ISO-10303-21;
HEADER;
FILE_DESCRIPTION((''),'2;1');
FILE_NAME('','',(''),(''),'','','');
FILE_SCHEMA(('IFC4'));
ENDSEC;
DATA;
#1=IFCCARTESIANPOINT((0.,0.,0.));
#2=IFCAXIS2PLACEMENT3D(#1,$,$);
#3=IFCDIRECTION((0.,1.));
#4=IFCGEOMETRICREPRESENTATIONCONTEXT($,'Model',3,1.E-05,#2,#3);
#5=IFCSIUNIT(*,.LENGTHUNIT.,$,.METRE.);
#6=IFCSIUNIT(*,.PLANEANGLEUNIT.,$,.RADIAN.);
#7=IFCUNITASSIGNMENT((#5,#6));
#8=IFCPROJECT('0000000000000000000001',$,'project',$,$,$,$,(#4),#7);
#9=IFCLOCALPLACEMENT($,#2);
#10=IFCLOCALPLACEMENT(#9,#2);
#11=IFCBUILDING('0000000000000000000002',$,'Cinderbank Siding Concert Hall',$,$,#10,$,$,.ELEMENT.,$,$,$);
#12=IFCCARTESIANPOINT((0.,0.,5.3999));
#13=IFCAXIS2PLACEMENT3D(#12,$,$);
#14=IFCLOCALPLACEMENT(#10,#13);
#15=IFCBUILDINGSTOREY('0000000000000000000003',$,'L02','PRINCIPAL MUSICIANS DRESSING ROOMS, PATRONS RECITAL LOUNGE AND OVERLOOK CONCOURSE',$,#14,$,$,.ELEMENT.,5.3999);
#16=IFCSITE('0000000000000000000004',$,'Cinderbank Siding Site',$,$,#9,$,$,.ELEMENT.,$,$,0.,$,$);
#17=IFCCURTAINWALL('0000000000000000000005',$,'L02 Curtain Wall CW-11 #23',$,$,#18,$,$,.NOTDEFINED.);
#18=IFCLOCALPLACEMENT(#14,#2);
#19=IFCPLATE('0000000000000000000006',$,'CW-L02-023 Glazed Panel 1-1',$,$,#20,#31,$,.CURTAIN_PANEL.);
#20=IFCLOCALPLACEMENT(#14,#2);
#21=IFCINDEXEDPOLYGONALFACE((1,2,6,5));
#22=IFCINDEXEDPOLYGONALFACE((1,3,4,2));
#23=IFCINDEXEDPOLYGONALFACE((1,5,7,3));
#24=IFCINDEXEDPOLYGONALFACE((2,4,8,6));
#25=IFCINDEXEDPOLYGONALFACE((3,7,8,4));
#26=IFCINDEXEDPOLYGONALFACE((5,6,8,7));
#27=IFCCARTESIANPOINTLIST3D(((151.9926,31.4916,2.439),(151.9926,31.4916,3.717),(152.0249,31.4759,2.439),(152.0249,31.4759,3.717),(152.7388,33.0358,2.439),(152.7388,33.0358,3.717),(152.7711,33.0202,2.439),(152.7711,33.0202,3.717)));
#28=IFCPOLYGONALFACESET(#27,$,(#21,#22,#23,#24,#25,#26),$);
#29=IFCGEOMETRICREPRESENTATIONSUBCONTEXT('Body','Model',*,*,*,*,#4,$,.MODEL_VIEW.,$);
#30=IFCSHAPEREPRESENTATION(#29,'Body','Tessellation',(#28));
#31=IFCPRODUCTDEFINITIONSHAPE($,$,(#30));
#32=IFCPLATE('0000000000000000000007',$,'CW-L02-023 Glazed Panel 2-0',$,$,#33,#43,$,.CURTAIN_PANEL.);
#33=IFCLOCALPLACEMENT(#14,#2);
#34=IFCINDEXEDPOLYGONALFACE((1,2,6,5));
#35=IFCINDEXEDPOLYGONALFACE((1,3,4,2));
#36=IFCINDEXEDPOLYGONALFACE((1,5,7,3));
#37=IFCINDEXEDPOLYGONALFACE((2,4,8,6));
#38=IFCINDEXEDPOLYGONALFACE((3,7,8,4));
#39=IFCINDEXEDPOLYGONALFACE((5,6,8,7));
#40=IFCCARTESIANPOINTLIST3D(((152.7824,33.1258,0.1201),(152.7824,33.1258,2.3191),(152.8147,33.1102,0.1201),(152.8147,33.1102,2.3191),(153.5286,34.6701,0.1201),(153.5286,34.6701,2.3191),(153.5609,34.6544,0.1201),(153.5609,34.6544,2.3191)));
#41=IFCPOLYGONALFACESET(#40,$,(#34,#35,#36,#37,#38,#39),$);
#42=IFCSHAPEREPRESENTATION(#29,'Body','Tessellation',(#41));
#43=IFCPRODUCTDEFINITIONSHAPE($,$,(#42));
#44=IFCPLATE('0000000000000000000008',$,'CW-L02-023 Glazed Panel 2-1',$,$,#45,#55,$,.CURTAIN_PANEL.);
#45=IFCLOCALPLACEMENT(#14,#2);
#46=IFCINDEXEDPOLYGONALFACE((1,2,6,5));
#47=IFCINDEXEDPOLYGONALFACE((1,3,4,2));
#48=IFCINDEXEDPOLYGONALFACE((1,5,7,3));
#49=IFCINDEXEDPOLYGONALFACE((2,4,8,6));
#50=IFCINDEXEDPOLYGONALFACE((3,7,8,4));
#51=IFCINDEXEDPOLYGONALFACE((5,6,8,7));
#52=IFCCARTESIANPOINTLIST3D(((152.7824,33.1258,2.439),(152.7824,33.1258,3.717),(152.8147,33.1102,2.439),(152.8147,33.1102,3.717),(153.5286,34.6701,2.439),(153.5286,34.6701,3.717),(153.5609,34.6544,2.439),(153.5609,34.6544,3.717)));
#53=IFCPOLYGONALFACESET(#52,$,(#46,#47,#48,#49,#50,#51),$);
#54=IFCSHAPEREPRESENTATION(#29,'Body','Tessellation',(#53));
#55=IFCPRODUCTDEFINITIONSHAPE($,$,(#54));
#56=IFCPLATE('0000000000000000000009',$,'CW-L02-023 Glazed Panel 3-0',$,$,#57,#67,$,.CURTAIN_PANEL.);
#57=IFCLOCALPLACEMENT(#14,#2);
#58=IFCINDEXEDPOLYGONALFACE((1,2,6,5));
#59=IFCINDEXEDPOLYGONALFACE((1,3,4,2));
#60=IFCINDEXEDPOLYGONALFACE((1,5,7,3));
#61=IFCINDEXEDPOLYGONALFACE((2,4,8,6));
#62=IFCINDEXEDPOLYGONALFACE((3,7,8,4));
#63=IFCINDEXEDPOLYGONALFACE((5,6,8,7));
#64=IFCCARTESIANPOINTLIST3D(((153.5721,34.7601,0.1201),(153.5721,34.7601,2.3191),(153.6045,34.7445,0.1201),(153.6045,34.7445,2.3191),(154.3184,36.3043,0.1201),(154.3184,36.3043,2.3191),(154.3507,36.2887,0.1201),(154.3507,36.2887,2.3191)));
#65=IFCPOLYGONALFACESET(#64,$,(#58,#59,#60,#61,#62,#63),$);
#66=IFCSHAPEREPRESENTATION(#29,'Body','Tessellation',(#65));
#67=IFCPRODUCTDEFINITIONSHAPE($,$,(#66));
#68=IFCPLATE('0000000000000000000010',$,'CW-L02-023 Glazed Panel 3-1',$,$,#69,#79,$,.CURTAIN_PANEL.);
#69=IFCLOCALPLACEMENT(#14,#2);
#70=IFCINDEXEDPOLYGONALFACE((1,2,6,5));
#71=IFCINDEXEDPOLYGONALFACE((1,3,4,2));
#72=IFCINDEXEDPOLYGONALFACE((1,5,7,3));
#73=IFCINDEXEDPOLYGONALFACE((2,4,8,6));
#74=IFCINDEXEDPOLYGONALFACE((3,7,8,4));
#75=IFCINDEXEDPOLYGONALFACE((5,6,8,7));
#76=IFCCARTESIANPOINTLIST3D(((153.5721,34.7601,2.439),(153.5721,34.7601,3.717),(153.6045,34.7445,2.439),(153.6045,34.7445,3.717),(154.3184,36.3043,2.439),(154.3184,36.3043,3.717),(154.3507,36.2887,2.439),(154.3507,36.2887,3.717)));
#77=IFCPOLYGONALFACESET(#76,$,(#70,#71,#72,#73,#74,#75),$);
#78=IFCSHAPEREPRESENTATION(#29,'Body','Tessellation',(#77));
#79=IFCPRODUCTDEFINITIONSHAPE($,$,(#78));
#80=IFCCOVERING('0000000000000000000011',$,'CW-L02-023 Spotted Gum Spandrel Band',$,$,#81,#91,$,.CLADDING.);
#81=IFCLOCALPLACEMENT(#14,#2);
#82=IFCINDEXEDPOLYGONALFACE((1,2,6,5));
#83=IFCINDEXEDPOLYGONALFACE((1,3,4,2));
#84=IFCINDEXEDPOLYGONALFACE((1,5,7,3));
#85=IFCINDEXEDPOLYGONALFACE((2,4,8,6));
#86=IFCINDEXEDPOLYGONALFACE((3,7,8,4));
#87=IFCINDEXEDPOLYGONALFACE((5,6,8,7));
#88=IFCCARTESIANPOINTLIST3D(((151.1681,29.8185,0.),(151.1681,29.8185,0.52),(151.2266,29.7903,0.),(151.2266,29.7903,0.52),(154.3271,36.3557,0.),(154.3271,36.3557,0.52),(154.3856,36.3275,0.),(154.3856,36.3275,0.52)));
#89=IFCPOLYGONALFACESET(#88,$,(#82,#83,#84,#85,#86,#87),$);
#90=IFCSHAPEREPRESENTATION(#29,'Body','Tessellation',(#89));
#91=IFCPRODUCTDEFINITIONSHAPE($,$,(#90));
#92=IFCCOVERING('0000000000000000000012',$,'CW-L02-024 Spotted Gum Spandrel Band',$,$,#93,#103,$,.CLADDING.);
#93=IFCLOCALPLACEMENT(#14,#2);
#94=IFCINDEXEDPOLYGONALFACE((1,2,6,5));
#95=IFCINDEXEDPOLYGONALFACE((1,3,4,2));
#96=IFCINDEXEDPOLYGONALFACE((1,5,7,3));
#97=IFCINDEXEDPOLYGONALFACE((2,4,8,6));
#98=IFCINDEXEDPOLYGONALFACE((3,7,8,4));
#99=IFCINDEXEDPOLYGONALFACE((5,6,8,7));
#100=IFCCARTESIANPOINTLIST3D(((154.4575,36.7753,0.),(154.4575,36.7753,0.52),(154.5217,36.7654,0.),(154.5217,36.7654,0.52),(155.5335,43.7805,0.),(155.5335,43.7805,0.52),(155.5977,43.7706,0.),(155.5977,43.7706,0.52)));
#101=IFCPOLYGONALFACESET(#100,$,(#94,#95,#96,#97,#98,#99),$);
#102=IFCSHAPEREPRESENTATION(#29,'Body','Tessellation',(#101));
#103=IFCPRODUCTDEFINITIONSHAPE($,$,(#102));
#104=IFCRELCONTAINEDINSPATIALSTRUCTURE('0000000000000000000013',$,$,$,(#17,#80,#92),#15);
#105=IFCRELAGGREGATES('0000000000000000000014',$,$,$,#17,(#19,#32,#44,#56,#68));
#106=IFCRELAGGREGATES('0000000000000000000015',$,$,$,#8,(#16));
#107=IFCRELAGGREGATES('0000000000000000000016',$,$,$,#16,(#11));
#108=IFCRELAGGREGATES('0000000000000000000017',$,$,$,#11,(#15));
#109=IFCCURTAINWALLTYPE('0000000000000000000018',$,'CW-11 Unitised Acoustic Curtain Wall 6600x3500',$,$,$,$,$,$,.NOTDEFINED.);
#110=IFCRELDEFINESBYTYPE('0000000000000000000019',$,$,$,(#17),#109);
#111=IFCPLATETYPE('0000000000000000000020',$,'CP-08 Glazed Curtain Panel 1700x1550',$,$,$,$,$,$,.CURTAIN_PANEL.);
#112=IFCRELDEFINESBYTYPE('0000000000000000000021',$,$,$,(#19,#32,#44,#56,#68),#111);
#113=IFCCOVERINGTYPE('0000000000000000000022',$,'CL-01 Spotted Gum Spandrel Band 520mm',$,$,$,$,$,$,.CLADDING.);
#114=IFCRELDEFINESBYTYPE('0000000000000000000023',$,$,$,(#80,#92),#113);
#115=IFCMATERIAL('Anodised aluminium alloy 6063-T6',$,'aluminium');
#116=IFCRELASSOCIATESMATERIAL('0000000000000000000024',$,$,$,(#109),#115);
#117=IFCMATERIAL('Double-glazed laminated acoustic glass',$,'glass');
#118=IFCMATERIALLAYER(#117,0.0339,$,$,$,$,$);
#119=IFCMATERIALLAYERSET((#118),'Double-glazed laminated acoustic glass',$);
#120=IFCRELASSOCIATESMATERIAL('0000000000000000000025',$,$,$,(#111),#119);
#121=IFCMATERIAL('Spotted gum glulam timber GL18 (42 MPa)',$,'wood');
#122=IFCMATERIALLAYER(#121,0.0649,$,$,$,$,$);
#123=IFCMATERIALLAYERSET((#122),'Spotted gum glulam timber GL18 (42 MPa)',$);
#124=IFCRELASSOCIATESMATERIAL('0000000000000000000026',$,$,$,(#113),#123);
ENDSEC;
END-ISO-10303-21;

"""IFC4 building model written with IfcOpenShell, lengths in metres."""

from ifc_helpers import new_model, si_unit, direction, frame, origin, origin_2d, place, context, subcontext, project, spatial, rectangle, extrude, material, layer, layer_set, type_object, element, aggregate, save


model = new_model("IFC4")

# Units and contexts
model_context = context("Model", 3, precision=1e-05, world=origin(), true_north=direction((0.0, 1.0)))
body_context = subcontext(model_context, "Body", "Model", "MODEL_VIEW")
ifc_project = project(units=[si_unit("LENGTHUNIT", "METRE"), si_unit("PLANEANGLEUNIT", "RADIAN")], contexts=[model_context])

# Site, building, storey
site_placement = place(None, origin())
site = spatial("IfcSite", under=ifc_project, at=site_placement, Name="Cinderbank Siding Site", CompositionType="ELEMENT", RefElevation=0.0)
building_placement = place(site_placement, origin())
building = spatial("IfcBuilding", under=site, at=building_placement, Name="Cinderbank Siding Concert Hall", CompositionType="ELEMENT")
storey_placement = place(building_placement, frame((0.0, 0.0, 5.3999)))
storey = spatial("IfcBuildingStorey", under=building, at=storey_placement, Name="L02", Description="PRINCIPAL MUSICIANS DRESSING ROOMS, PATRONS RECITAL LOUNGE AND OVERLOOK CONCOURSE", CompositionType="ELEMENT", Elevation=5.3999)

# Curtain wall
ifc_material_1 = material(Name="Anodised aluminium alloy 6063-T6", Category="aluminium")
curtain_wall_type_1 = type_object("IfcCurtainWallType", Name="CW-11 Unitised Acoustic Curtain Wall 6600x3500", PredefinedType="NOTDEFINED", material=ifc_material_1)
curtain_wall_1_placement = place(storey_placement, origin())
curtain_wall_1 = element("IfcCurtainWall", 1, at=curtain_wall_1_placement, inside=storey, type_object=curtain_wall_type_1, Name="L02 Curtain Wall CW-11 #23", PredefinedType="NOTDEFINED")

# Shared definitions
ifc_material_2 = material(Name="Spotted gum glulam timber GL18 (42 MPa)", Category="wood")

# Plates
ifc_material_3 = material(Name="Double-glazed laminated acoustic glass", Category="glass")
ifc_layer_1 = layer(ifc_material_3, 0.0339)
ifc_layer_set_1 = layer_set([ifc_layer_1], Name="Double-glazed laminated acoustic glass")
plate_type_1 = type_object("IfcPlateType", Name="CP-08 Glazed Curtain Panel 1700x1550", PredefinedType="CURTAIN_PANEL", material=ifc_layer_set_1)
plate_1_placement = place(storey_placement, frame((152.3818, 32.2559, 2.439), z_axis=(0.0, 0.0, 1.0), x_axis=(0.435102, 0.900381, 0.0)))
plate_1 = element("IfcPlate", 2, at=plate_1_placement, type_object=plate_type_1, Name="CW-L02-023 Glazed Panel 1-1", PredefinedType="CURTAIN_PANEL", context=body_context, shape_type="SweptSolid", body=[
    extrude(rectangle(XDim=1.7151, YDim=0.0359, at=origin_2d()), origin(), (0.0, 0.0, 1.0), 1.2781),
])
plate_2_placement = place(storey_placement, frame((153.1716, 33.8901, 0.1201), z_axis=(0.0, 0.0, 1.0), x_axis=(0.435102, 0.900381, 0.0)))
plate_2 = element("IfcPlate", 3, at=plate_2_placement, type_object=plate_type_1, Name="CW-L02-023 Glazed Panel 2-0", PredefinedType="CURTAIN_PANEL", context=body_context, shape_type="SweptSolid", body=[
    extrude(rectangle(XDim=1.7151, YDim=0.0359, at=origin_2d()), origin(), (0.0, 0.0, 1.0), 2.199),
])
plate_3_placement = place(storey_placement, frame((153.1716, 33.8901, 2.439), z_axis=(0.0, 0.0, 1.0), x_axis=(0.435102, 0.900381, 0.0)))
plate_3 = element("IfcPlate", 4, at=plate_3_placement, type_object=plate_type_1, Name="CW-L02-023 Glazed Panel 2-1", PredefinedType="CURTAIN_PANEL", context=body_context, shape_type="SweptSolid", body=[
    extrude(rectangle(XDim=1.7151, YDim=0.0359, at=origin_2d()), origin(), (0.0, 0.0, 1.0), 1.2781),
])
plate_4_placement = place(storey_placement, frame((153.9614, 35.5244, 0.1201), z_axis=(0.0, 0.0, 1.0), x_axis=(0.435102, 0.900381, 0.0)))
plate_4 = element("IfcPlate", 5, at=plate_4_placement, type_object=plate_type_1, Name="CW-L02-023 Glazed Panel 3-0", PredefinedType="CURTAIN_PANEL", context=body_context, shape_type="SweptSolid", body=[
    extrude(rectangle(XDim=1.7151, YDim=0.0359, at=origin_2d()), origin(), (0.0, 0.0, 1.0), 2.199),
])
plate_5_placement = place(storey_placement, frame((153.9614, 35.5244, 2.439), z_axis=(0.0, 0.0, 1.0), x_axis=(0.435102, 0.900381, 0.0)))
plate_5 = element("IfcPlate", 6, at=plate_5_placement, type_object=plate_type_1, Name="CW-L02-023 Glazed Panel 3-1", PredefinedType="CURTAIN_PANEL", context=body_context, shape_type="SweptSolid", body=[
    extrude(rectangle(XDim=1.7151, YDim=0.0359, at=origin_2d()), origin(), (0.0, 0.0, 1.0), 1.2781),
])
aggregate(curtain_wall_1, [plate_1, plate_2, plate_3, plate_4, plate_5])

# Coverings
ifc_layer_2 = layer(ifc_material_2, 0.0649)
ifc_layer_set_2 = layer_set([ifc_layer_2], Name="Spotted gum glulam timber GL18 (42 MPa)")
covering_type = type_object("IfcCoveringType", Name="CL-01 Spotted Gum Spandrel Band 520mm", PredefinedType="CLADDING", material=ifc_layer_set_2)
covering_1_placement = place(storey_placement, frame((152.7769, 33.073, 0.0), z_axis=(0.0, 0.0, 1.0), x_axis=(0.435102, 0.900381, 0.0)))
element("IfcCovering", 7, at=covering_1_placement, inside=storey, type_object=covering_type, Name="CW-L02-023 Spotted Gum Spandrel Band", PredefinedType="CLADDING", context=body_context, shape_type="SweptSolid", body=[
    extrude(rectangle(XDim=7.2605, YDim=0.0649, at=origin_2d()), origin(), (0.0, 0.0, 1.0), 0.52),
])
covering_2_placement = place(storey_placement, frame((155.0276, 40.2729, 0.0), z_axis=(0.0, 0.0, 1.0), x_axis=(0.151815, 0.988409, 0.0)))
element("IfcCovering", 8, at=covering_2_placement, inside=storey, type_object=covering_type, Name="CW-L02-024 Spotted Gum Spandrel Band", PredefinedType="CLADDING", context=body_context, shape_type="SweptSolid", body=[
    extrude(rectangle(XDim=7.0874, YDim=0.0649, at=origin_2d()), origin(), (0.0, 0.0, 1.0), 0.52),
])

save(model, "model.ifc")
